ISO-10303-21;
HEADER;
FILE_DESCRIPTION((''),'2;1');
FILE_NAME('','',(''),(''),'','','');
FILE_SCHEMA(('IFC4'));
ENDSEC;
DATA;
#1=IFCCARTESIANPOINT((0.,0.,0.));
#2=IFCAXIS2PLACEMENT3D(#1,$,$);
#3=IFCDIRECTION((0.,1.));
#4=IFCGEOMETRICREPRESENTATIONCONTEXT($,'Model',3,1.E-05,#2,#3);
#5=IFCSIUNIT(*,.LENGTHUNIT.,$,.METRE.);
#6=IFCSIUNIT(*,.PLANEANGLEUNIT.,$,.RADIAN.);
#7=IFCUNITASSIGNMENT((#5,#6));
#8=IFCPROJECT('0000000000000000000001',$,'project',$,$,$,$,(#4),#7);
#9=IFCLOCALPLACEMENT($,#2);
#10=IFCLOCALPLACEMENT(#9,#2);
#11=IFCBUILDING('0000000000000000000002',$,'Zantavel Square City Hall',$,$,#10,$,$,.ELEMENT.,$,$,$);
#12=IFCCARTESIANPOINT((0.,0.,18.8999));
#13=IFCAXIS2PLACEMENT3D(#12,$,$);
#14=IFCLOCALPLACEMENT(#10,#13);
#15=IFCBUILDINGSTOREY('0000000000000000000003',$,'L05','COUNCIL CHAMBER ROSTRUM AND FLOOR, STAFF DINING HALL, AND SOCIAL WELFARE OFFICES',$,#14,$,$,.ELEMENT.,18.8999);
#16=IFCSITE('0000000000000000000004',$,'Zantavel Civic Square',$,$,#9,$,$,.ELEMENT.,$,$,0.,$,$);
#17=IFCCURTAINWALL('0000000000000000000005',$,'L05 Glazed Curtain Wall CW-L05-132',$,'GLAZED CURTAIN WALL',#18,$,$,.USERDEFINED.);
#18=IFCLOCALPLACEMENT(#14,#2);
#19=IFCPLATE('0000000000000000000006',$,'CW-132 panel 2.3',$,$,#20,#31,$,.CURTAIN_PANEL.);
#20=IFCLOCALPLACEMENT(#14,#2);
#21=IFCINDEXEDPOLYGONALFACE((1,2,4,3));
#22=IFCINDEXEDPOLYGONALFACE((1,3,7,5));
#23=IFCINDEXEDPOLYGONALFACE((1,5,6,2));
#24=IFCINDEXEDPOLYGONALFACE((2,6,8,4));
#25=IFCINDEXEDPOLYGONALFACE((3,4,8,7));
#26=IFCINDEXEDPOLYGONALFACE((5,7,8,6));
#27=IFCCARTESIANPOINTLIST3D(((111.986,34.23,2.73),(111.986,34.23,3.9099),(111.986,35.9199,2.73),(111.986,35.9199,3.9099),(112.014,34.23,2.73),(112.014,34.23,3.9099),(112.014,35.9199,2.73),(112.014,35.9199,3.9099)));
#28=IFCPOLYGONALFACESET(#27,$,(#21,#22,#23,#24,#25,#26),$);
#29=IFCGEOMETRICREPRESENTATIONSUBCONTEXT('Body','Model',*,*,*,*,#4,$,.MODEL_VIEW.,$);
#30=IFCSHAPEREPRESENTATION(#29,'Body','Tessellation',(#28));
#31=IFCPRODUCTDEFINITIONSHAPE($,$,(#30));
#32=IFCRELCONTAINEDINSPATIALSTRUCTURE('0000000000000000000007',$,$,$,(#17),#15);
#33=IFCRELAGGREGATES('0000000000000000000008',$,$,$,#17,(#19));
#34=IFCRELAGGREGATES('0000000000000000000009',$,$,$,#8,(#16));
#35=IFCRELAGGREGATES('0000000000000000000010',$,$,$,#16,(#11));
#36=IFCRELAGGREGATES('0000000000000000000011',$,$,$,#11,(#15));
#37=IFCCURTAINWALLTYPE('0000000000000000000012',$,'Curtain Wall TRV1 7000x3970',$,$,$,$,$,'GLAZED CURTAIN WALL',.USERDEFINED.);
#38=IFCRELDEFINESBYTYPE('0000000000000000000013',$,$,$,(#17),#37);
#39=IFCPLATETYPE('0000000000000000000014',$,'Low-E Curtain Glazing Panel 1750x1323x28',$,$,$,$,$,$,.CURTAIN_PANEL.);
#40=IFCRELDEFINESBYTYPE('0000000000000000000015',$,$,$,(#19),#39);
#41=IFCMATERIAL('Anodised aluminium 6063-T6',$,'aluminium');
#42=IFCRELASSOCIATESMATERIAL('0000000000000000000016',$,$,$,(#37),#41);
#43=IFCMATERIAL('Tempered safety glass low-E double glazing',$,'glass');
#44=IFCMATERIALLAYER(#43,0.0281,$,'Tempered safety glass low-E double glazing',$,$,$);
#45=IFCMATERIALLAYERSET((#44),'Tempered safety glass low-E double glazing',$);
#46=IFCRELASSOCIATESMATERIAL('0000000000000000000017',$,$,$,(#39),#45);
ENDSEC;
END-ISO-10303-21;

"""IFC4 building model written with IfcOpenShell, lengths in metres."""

from ifc_helpers import new_model, si_unit, direction, frame, origin, origin_2d, place, context, subcontext, project, spatial, rectangle, extrude, material, layer, layer_set, type_object, element, aggregate, save


model = new_model("IFC4")

# Units and contexts
model_context = context("Model", 3, precision=1e-05, world=origin(), true_north=direction((0.0, 1.0)))
body_context = subcontext(model_context, "Body", "Model", "MODEL_VIEW")
ifc_project = project(units=[si_unit("LENGTHUNIT", "METRE"), si_unit("PLANEANGLEUNIT", "RADIAN")], contexts=[model_context])

# Site, building, storey
site_placement = place(None, origin())
site = spatial("IfcSite", under=ifc_project, at=site_placement, Name="Zantavel Civic Square", CompositionType="ELEMENT", RefElevation=0.0)
building_placement = place(site_placement, origin())
building = spatial("IfcBuilding", under=site, at=building_placement, Name="Zantavel Square City Hall", CompositionType="ELEMENT")
storey_placement = place(building_placement, frame((0.0, 0.0, 18.8999)))
storey = spatial("IfcBuildingStorey", under=building, at=storey_placement, Name="L05", Description="COUNCIL CHAMBER ROSTRUM AND FLOOR, STAFF DINING HALL, AND SOCIAL WELFARE OFFICES", CompositionType="ELEMENT", Elevation=18.8999)

# Curtain wall
ifc_material_1 = material(Name="Anodised aluminium 6063-T6", Category="aluminium")
curtain_wall_type = type_object("IfcCurtainWallType", Name="Curtain Wall TRV1 7000x3970", ElementType="GLAZED CURTAIN WALL", PredefinedType="USERDEFINED", material=ifc_material_1)
curtain_wall_1_placement = place(storey_placement, origin())
curtain_wall_1 = element("IfcCurtainWall", 1, at=curtain_wall_1_placement, inside=storey, type_object=curtain_wall_type, Name="L05 Glazed Curtain Wall CW-L05-132", ObjectType="GLAZED CURTAIN WALL", PredefinedType="USERDEFINED")

# Plate
ifc_material_2 = material(Name="Tempered safety glass low-E double glazing", Category="glass")
ifc_layer = layer(ifc_material_2, 0.0281, Name="Tempered safety glass low-E double glazing")
ifc_layer_set = layer_set([ifc_layer], Name="Tempered safety glass low-E double glazing")
plate_type = type_object("IfcPlateType", Name="Low-E Curtain Glazing Panel 1750x1323x28", PredefinedType="CURTAIN_PANEL", material=ifc_layer_set)
plate_1_placement = place(storey_placement, frame((112.0, 35.075, 2.73), z_axis=(0.0, 0.0, 1.0), x_axis=(0.0, -1.0, 0.0)))
plate_1 = element("IfcPlate", 2, at=plate_1_placement, type_object=plate_type, Name="CW-132 panel 2.3", PredefinedType="CURTAIN_PANEL", context=body_context, shape_type="SweptSolid", body=[
    extrude(rectangle(XDim=1.6899, YDim=0.0281, at=origin_2d()), origin(), (0.0, 0.0, 1.0), 1.1799),
])
aggregate(curtain_wall_1, [plate_1])

save(model, "model.ifc")
